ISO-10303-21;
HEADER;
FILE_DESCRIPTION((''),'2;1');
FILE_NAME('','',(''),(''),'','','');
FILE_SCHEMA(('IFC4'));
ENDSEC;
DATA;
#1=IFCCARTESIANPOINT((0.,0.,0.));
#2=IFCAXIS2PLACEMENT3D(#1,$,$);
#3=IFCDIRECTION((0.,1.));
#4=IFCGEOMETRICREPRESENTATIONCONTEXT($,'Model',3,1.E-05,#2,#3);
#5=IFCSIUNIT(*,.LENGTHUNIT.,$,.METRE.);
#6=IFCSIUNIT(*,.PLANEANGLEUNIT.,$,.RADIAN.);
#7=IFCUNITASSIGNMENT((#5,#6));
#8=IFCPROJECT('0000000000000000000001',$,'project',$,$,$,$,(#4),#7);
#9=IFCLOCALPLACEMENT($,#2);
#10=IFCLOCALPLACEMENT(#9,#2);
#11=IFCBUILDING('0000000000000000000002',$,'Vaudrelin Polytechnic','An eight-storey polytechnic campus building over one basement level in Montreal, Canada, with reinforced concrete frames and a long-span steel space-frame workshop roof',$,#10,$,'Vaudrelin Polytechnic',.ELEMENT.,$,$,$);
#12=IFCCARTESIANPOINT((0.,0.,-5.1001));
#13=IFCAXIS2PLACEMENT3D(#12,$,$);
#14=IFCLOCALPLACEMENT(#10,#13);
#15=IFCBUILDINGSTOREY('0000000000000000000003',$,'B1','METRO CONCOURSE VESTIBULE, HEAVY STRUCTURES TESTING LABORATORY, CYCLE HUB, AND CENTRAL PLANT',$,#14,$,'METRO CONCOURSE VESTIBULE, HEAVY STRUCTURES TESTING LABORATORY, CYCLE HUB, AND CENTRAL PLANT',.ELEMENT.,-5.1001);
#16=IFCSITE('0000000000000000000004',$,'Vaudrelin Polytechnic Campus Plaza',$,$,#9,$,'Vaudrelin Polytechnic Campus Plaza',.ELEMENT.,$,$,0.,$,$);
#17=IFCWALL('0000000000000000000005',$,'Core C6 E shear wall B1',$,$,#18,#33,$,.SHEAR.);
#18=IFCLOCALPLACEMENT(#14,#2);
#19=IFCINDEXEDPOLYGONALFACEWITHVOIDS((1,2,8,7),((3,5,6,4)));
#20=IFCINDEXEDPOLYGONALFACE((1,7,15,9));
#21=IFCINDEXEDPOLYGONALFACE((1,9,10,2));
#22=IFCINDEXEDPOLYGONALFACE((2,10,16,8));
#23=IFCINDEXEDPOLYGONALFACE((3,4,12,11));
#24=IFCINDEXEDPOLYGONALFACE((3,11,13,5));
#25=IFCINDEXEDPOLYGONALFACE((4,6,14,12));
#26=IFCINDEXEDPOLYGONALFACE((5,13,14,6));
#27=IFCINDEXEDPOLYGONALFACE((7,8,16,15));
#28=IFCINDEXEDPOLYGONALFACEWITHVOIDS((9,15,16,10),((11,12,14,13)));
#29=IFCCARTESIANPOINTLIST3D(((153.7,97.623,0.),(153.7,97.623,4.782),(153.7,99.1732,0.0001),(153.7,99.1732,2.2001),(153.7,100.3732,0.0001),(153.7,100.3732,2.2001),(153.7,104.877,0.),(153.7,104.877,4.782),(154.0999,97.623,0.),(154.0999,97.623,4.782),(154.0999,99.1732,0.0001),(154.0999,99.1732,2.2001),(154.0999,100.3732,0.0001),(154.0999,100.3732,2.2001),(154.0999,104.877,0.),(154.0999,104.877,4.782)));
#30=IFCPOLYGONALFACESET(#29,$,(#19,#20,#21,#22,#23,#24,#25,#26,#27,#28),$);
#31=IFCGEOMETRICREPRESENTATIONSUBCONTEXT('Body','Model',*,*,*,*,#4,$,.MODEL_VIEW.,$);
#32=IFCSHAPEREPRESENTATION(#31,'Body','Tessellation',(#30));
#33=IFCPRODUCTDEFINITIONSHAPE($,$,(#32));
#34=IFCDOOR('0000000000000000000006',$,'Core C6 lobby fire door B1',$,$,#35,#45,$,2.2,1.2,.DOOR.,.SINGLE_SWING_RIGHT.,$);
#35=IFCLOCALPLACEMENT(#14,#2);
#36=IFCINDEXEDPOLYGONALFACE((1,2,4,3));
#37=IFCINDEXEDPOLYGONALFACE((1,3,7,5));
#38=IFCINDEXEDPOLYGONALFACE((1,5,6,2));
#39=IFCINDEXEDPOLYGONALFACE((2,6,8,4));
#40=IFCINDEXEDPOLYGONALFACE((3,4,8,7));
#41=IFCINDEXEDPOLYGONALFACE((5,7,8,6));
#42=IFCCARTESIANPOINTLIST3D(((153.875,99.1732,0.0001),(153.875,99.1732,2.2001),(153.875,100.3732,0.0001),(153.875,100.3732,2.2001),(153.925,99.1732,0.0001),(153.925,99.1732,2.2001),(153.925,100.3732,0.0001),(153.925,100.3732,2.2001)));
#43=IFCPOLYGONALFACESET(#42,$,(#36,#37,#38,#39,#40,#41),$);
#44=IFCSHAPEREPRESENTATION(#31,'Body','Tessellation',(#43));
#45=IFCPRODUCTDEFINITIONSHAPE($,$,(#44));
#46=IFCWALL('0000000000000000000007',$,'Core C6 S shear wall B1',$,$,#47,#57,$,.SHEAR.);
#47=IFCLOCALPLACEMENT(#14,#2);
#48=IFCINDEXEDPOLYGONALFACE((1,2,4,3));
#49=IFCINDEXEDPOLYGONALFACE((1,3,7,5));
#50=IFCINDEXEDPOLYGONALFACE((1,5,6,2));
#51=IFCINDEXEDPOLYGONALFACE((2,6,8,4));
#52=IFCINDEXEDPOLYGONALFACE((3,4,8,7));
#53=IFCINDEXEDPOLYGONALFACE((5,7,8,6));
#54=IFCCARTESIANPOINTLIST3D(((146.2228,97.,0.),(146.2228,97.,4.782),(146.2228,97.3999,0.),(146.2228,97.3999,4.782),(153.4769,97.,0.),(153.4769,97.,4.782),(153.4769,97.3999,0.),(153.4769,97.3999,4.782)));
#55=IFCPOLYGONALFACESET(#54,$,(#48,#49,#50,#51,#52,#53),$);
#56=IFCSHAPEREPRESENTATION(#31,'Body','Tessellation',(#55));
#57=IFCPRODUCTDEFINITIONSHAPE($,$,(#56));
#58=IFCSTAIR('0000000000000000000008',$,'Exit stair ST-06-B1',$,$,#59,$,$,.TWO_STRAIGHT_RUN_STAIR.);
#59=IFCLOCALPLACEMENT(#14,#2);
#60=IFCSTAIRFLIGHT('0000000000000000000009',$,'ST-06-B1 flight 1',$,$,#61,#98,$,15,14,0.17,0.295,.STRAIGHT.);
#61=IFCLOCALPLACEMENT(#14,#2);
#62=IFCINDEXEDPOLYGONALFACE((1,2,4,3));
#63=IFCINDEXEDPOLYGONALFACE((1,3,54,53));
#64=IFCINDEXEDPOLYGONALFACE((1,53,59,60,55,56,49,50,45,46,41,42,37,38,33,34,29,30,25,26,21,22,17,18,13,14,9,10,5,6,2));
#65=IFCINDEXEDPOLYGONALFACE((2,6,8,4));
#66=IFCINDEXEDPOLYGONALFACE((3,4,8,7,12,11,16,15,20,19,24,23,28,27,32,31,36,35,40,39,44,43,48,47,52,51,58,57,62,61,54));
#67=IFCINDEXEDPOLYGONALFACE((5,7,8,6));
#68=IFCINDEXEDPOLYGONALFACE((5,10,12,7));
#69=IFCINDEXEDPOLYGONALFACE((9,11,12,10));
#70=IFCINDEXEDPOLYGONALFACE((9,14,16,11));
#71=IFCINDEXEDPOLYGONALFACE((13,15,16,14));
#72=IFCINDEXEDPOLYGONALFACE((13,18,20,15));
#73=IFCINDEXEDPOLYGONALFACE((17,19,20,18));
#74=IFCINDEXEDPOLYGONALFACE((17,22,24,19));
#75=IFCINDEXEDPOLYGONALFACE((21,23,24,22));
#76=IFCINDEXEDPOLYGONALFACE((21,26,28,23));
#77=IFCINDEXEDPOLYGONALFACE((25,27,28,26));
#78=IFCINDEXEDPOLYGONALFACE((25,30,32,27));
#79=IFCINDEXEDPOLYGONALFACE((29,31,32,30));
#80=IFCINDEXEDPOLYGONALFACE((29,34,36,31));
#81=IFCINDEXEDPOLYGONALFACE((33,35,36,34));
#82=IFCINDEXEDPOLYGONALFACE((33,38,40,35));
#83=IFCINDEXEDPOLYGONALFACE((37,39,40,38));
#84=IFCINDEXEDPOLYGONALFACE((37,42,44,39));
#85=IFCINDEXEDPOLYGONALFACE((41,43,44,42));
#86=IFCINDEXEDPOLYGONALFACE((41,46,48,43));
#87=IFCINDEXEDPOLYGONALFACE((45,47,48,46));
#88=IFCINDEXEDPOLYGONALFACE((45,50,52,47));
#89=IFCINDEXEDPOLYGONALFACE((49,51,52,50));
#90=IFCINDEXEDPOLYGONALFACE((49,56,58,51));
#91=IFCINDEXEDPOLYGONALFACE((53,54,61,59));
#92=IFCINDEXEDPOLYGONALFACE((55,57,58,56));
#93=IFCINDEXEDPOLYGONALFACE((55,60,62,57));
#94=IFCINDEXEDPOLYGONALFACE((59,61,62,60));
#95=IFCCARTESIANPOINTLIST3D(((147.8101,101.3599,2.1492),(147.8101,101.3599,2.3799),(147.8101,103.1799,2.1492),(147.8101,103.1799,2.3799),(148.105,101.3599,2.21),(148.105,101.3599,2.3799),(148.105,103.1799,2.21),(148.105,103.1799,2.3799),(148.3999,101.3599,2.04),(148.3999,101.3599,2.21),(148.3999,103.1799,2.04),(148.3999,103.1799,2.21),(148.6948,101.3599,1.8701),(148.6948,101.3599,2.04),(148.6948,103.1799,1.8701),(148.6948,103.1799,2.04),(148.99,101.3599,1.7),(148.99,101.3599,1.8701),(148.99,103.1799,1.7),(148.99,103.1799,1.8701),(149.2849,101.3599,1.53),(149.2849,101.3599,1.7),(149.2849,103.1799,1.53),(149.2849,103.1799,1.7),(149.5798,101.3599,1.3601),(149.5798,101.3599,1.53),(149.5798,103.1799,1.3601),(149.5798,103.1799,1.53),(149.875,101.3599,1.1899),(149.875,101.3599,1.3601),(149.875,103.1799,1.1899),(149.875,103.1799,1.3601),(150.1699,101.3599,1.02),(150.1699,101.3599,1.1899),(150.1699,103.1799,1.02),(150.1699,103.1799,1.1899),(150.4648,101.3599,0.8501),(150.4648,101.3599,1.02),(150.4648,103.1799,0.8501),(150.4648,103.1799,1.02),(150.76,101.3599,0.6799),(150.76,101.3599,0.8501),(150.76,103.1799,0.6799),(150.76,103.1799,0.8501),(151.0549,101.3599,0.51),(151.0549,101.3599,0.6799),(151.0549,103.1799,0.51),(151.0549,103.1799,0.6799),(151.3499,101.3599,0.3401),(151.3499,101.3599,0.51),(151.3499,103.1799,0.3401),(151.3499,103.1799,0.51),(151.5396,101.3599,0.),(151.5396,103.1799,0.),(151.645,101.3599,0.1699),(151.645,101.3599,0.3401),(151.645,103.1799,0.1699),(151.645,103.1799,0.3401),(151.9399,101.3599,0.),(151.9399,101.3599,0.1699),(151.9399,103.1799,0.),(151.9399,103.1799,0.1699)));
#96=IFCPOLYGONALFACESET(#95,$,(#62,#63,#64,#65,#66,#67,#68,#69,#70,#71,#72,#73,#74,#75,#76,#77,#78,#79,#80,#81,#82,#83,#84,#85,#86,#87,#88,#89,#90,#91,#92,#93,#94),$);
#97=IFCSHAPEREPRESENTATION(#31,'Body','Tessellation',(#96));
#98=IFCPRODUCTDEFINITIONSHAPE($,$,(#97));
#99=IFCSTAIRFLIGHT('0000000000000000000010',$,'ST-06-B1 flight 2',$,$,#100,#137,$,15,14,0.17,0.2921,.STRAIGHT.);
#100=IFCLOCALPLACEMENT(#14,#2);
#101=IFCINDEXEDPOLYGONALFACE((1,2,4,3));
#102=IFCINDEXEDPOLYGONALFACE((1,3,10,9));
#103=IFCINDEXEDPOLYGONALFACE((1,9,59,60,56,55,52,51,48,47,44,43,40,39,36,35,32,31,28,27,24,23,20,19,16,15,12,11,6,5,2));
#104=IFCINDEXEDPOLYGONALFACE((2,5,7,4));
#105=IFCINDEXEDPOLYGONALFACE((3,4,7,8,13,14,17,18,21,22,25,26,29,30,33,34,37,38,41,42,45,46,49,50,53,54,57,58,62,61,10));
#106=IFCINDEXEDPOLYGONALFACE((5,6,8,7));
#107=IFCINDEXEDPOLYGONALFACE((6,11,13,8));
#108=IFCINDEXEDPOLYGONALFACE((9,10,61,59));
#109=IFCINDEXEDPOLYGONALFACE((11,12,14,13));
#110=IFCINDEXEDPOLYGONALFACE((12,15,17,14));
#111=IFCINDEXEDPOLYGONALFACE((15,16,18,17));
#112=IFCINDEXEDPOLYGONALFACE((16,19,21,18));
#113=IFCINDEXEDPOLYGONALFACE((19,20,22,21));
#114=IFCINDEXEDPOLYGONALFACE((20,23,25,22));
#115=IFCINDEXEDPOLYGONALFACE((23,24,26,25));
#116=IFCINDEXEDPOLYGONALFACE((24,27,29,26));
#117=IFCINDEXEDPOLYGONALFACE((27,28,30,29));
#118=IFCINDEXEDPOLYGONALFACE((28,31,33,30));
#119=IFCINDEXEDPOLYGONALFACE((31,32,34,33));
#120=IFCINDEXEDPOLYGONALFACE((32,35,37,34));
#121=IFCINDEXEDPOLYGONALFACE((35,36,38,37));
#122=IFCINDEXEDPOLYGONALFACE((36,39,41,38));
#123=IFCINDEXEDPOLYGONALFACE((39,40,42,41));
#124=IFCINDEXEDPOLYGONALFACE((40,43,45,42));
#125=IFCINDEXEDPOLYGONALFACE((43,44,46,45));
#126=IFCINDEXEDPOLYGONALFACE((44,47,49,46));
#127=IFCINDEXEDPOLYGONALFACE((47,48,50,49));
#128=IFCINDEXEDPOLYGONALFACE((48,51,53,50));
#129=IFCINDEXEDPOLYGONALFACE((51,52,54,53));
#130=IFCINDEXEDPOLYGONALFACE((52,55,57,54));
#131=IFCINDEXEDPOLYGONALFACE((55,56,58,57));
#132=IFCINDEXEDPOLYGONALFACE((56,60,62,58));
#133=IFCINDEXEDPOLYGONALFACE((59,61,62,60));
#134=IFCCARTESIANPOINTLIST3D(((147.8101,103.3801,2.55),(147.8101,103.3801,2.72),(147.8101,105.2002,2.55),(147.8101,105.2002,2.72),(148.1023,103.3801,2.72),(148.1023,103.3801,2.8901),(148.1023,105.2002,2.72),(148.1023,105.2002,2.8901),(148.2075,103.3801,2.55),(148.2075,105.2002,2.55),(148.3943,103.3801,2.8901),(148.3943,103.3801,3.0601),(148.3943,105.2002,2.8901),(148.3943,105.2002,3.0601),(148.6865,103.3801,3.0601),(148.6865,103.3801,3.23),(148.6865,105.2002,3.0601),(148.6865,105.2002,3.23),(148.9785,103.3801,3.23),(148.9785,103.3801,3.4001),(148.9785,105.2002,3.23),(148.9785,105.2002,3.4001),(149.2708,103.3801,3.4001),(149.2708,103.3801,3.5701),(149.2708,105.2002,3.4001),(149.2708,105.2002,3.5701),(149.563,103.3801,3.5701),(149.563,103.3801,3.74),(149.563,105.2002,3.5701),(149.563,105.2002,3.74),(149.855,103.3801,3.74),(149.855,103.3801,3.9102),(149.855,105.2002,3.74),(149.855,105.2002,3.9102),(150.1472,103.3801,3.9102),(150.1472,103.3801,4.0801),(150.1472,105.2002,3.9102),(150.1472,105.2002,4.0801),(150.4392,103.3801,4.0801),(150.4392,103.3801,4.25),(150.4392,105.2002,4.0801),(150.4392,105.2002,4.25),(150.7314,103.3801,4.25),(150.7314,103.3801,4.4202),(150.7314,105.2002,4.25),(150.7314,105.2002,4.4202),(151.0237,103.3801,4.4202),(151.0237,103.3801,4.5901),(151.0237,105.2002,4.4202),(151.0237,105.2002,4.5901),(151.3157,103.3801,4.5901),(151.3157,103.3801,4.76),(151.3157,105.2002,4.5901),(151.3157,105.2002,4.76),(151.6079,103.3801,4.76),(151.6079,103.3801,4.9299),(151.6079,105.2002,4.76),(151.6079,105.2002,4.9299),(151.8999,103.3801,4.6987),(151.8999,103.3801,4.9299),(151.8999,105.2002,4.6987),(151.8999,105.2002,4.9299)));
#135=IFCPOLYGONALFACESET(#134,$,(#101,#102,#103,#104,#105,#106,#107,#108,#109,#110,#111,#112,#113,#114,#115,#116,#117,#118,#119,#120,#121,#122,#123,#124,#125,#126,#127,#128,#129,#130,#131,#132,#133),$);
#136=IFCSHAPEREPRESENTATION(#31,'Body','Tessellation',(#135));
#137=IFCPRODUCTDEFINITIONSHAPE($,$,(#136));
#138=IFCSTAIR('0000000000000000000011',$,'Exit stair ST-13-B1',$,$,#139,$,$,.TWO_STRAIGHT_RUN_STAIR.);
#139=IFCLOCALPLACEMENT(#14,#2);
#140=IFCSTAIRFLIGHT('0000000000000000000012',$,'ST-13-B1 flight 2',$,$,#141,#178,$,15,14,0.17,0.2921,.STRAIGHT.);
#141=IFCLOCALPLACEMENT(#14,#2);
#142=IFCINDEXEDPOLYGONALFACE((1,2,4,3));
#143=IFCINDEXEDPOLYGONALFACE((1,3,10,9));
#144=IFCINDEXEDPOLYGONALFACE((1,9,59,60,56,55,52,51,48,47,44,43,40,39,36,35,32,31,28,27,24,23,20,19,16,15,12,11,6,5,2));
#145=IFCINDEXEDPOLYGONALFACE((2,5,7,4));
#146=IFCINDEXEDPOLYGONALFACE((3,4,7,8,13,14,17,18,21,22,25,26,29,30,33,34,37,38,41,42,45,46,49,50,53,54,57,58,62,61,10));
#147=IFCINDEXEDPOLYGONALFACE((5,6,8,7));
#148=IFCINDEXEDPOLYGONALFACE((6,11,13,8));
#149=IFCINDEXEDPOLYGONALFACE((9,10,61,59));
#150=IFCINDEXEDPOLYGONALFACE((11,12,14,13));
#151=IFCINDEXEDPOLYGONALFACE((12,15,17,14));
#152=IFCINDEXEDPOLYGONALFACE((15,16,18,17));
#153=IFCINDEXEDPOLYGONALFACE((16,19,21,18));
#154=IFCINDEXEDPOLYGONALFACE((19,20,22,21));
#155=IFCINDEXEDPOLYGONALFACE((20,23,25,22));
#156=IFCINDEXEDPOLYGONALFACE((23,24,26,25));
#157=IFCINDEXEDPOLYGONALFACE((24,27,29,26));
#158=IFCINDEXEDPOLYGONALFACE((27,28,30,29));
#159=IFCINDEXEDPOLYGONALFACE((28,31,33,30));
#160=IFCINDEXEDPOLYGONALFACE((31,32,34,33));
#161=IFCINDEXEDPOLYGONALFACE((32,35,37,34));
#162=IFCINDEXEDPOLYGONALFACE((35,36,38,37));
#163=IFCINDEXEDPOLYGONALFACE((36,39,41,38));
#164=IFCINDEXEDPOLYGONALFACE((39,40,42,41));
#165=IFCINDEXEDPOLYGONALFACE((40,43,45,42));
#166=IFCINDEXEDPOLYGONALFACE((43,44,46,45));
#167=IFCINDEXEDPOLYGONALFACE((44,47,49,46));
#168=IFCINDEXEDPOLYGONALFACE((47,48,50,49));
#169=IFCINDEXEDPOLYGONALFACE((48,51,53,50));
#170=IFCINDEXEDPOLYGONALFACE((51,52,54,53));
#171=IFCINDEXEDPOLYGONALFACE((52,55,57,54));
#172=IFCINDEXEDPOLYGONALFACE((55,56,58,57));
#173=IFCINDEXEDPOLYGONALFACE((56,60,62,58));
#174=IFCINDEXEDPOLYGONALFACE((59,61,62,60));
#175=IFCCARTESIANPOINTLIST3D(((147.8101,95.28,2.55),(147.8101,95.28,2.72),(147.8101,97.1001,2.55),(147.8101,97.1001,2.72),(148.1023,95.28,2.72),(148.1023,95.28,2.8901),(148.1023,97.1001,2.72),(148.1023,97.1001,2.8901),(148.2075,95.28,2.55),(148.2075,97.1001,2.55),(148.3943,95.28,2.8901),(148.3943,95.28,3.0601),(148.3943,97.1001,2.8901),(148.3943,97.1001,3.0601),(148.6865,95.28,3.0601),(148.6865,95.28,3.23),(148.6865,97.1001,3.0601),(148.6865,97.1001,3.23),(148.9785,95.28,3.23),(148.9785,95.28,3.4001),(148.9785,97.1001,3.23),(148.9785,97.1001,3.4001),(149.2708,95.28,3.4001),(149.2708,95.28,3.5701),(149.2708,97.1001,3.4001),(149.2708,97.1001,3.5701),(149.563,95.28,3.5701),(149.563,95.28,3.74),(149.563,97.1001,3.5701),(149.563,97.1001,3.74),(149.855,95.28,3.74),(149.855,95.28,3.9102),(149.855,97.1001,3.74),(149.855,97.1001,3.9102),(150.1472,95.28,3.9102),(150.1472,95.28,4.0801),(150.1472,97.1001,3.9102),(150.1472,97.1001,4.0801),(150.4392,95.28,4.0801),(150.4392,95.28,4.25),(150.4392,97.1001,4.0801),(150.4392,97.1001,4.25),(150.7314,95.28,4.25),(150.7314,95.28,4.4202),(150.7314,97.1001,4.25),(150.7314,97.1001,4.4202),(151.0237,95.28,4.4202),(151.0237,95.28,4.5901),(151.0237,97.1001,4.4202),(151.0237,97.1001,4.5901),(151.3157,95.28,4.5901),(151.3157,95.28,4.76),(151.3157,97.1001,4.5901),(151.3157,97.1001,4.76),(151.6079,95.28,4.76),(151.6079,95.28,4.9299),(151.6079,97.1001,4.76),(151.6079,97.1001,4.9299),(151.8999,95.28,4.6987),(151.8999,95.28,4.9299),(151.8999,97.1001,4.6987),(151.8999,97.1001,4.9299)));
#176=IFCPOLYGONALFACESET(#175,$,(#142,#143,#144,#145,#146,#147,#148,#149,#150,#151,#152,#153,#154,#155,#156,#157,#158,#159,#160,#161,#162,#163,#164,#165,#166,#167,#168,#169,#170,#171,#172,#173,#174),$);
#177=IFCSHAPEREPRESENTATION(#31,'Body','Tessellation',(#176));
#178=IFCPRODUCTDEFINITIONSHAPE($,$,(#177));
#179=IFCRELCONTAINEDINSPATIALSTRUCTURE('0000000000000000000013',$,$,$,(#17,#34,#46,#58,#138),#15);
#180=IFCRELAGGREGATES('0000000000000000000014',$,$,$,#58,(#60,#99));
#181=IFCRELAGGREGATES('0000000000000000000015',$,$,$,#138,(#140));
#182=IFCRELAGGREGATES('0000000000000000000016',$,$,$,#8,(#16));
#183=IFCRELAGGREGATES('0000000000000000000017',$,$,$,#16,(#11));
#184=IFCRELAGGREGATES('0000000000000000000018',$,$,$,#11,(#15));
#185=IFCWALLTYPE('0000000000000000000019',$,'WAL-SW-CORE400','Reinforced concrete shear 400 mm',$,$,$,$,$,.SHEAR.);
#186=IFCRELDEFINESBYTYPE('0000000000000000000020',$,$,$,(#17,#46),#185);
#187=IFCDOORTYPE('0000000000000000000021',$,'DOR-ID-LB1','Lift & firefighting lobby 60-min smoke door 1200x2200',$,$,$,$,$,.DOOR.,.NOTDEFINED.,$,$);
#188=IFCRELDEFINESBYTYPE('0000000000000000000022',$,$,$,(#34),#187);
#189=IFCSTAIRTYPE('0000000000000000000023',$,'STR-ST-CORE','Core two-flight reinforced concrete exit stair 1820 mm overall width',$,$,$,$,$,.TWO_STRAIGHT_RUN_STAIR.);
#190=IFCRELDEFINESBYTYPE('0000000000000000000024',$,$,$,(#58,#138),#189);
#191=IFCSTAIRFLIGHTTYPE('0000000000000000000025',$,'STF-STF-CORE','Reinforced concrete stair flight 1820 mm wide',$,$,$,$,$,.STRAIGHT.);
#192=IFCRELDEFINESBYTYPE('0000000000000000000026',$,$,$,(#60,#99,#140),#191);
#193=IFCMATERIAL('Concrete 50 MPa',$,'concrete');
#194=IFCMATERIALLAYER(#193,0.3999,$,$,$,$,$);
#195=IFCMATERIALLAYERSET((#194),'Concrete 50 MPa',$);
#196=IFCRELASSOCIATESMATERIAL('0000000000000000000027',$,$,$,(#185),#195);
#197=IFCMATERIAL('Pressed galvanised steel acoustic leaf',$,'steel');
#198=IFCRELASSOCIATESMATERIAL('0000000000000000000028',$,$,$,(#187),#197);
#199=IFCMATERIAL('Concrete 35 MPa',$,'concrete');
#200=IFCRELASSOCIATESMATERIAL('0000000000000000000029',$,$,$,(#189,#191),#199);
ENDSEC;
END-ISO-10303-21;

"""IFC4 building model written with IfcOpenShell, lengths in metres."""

from ifc_helpers import new_model, si_unit, direction, frame, frame_2d, origin, place, context, subcontext, project, spatial, polyline, rectangle, outline, extrude, material, layer, layer_set, type_object, element, fill, aggregate, save


model = new_model("IFC4")

# Units and contexts
model_context = context("Model", 3, precision=1e-05, world=origin(), true_north=direction((0.0, 1.0)))
body_context = subcontext(model_context, "Body", "Model", "MODEL_VIEW")
ifc_project = project(units=[si_unit("LENGTHUNIT", "METRE"), si_unit("PLANEANGLEUNIT", "RADIAN")], contexts=[model_context])

# Site, building, storey
site_placement = place(None, origin())
site = spatial("IfcSite", under=ifc_project, at=site_placement, Name="Vaudrelin Polytechnic Campus Plaza", LongName="Vaudrelin Polytechnic Campus Plaza", CompositionType="ELEMENT", RefElevation=0.0)
building_placement = place(site_placement, origin())
building = spatial("IfcBuilding", under=site, at=building_placement, Name="Vaudrelin Polytechnic", Description="An eight-storey polytechnic campus building over one basement level in Montreal, Canada, with reinforced concrete frames and a long-span steel space-frame workshop roof", LongName="Vaudrelin Polytechnic", CompositionType="ELEMENT")
storey_placement = place(building_placement, frame((0.0, 0.0, -5.1001)))
storey = spatial("IfcBuildingStorey", under=building, at=storey_placement, Name="B1", Description="METRO CONCOURSE VESTIBULE, HEAVY STRUCTURES TESTING LABORATORY, CYCLE HUB, AND CENTRAL PLANT", LongName="METRO CONCOURSE VESTIBULE, HEAVY STRUCTURES TESTING LABORATORY, CYCLE HUB, AND CENTRAL PLANT", CompositionType="ELEMENT", Elevation=-5.1001)

# Shared definitions
ifc_material_1 = material(Name="Concrete 50 MPa", Category="concrete")

# Shared definitions
ifc_material_2 = material(Name="Pressed galvanised steel acoustic leaf", Category="steel")

# Shared definitions
ifc_layer_1 = layer(ifc_material_1, 0.3999)
ifc_layer_set_1 = layer_set([ifc_layer_1], Name="Concrete 50 MPa")
wall_type_1 = type_object("IfcWallType", Name="WAL-SW-CORE400", Description="Reinforced concrete shear 400 mm", PredefinedType="SHEAR", material=ifc_layer_set_1)

# Wall, opening, door
wall_1_placement = place(storey_placement, frame((153.8999, 97.623, 0.0), z_axis=(0.0, 0.0, 1.0), x_axis=(0.0, 1.0, 0.0)))
wall_1 = element("IfcWall", 1, at=wall_1_placement, inside=storey, type_object=wall_type_1, Name="Core C6 E shear wall B1", PredefinedType="SHEAR", context=body_context, shape_type="SweptSolid", body=[
    extrude(rectangle(XDim=7.2539, YDim=0.3999, at=frame_2d((3.627, 0.0))), origin(), (0.0, 0.0, 1.0), 4.782),
])
opening_1_placement = place(wall_1_placement, frame((1.55, 0.0, 0.0)))
opening_1 = element("IfcOpeningElement", 2, at=opening_1_placement, cuts=wall_1, PredefinedType="OPENING", context=body_context, shape_type="SweptSolid", body=[
    extrude(rectangle(XDim=1.2, YDim=2.2, at=frame_2d((0.6001, 1.1001))), frame((0.0, 0.21, 0.0), z_axis=(0.0, -1.0, 0.0), x_axis=(1.0, 0.0, 0.0)), (0.0, 0.0, 1.0), 0.4199),
])
door_type_1 = type_object("IfcDoorType", Name="DOR-ID-LB1", Description="Lift & firefighting lobby 60-min smoke door 1200x2200", OperationType="NOTDEFINED", PredefinedType="DOOR", material=ifc_material_2)
door_1_placement = place(opening_1_placement, origin())
door_1 = element("IfcDoor", 3, at=door_1_placement, inside=storey, type_object=door_type_1, Name="Core C6 lobby fire door B1", OperationType="SINGLE_SWING_RIGHT", OverallHeight=2.2, OverallWidth=1.2, PredefinedType="DOOR", context=body_context, shape_type="SweptSolid", body=[
    extrude(rectangle(XDim=1.2, YDim=2.2, at=frame_2d((0.6001, 1.1001))), frame((0.0, 0.0249, 0.0), z_axis=(0.0, -1.0, 0.0), x_axis=(1.0, 0.0, 0.0)), (0.0, 0.0, 1.0), 0.05),
])
fill(opening_1, door_1)

# Wall
wall_2_placement = place(storey_placement, frame((146.2229, 97.2, 0.0), z_axis=(0.0, 0.0, 1.0), x_axis=(1.0, 0.0, 0.0)))
element("IfcWall", 4, at=wall_2_placement, inside=storey, type_object=wall_type_1, Name="Core C6 S shear wall B1", PredefinedType="SHEAR", context=body_context, shape_type="SweptSolid", body=[
    extrude(rectangle(XDim=7.2542, YDim=0.3999, at=frame_2d((3.627, 0.0))), origin(), (0.0, 0.0, 1.0), 4.782),
])

# Stair, stair flights
ifc_material_3 = material(Name="Concrete 35 MPa", Category="concrete")
stair_type = type_object("IfcStairType", Name="STR-ST-CORE", Description="Core two-flight reinforced concrete exit stair 1820 mm overall width", PredefinedType="TWO_STRAIGHT_RUN_STAIR", material=ifc_material_3)
stair_1_placement = place(storey_placement, origin())
stair_1 = element("IfcStair", 5, at=stair_1_placement, inside=storey, type_object=stair_type, Name="Exit stair ST-06-B1", PredefinedType="TWO_STRAIGHT_RUN_STAIR")
stair_flight_type = type_object("IfcStairFlightType", Name="STF-STF-CORE", Description="Reinforced concrete stair flight 1820 mm wide", PredefinedType="STRAIGHT", material=ifc_material_3)
stair_flight_1_placement = place(storey_placement, frame((151.9399, 102.27, 0.0), z_axis=(0.0, 0.0, 1.0), x_axis=(-1.0, 0.0, 0.0)))
stair_flight_1 = element("IfcStairFlight", 6, at=stair_flight_1_placement, type_object=stair_flight_type, Name="ST-06-B1 flight 1", NumberOfRisers=15, NumberOfTreads=14, PredefinedType="STRAIGHT", RiserHeight=0.17, TreadLength=0.295, context=body_context, shape_type="SweptSolid", body=[
    extrude(outline(polyline([(0.0, 0.0), (0.0, 0.1699), (0.2949, 0.1699), (0.2949, 0.3401), (0.5901, 0.3401), (0.5901, 0.51), (0.885, 0.51), (0.885, 0.6799), (1.1799, 0.6799), (1.1799, 0.8501), (1.4751, 0.8501), (1.4751, 1.02), (1.77, 1.02), (1.77, 1.1899), (2.0649, 1.1899), (2.0649, 1.3601), (2.3601, 1.3601), (2.3601, 1.53), (2.655, 1.53), (2.655, 1.7), (2.95, 1.7), (2.95, 1.8701), (3.2451, 1.8701), (3.2451, 2.04), (3.54, 2.04), (3.54, 2.21), (3.835, 2.21), (3.835, 2.3799), (4.1299, 2.3799), (4.1299, 2.55), (4.1299, 2.1492), (0.4004, 0.0), (0.0, 0.0)])), frame((0.0, 0.9102, 0.0), z_axis=(0.0, -1.0, 0.0), x_axis=(1.0, 0.0, 0.0)), (0.0, 0.0, 1.0), 1.8201),
])
stair_flight_2_placement = place(storey_placement, frame((147.8101, 104.29, 2.55), z_axis=(0.0, 0.0, 1.0), x_axis=(1.0, 0.0, 0.0)))
stair_flight_2 = element("IfcStairFlight", 7, at=stair_flight_2_placement, type_object=stair_flight_type, Name="ST-06-B1 flight 2", NumberOfRisers=15, NumberOfTreads=14, PredefinedType="STRAIGHT", RiserHeight=0.17, TreadLength=0.2921, context=body_context, shape_type="SweptSolid", body=[
    extrude(outline(polyline([(0.0, 0.0), (0.0, 0.1699), (0.2922, 0.1699), (0.2922, 0.3401), (0.5842, 0.3401), (0.5842, 0.51), (0.8765, 0.51), (0.8765, 0.6799), (1.1685, 0.6799), (1.1685, 0.8501), (1.4607, 0.8501), (1.4607, 1.02), (1.7529, 1.02), (1.7529, 1.1899), (2.0449, 1.1899), (2.0449, 1.3601), (2.3372, 1.3601), (2.3372, 1.53), (2.6292, 1.53), (2.6292, 1.7), (2.9214, 1.7), (2.9214, 1.8701), (3.2136, 1.8701), (3.2136, 2.04), (3.5056, 2.04), (3.5056, 2.21), (3.7979, 2.21), (3.7979, 2.3799), (4.0898, 2.3799), (4.0898, 2.55), (4.0898, 2.1487), (0.3975, 0.0), (0.0, 0.0)])), frame((0.0, 0.9102, 0.0), z_axis=(0.0, -1.0, 0.0), x_axis=(1.0, 0.0, 0.0)), (0.0, 0.0, 1.0), 1.8201),
])
aggregate(stair_1, [stair_flight_1, stair_flight_2])

# Stair, stair flight
stair_2_placement = place(storey_placement, origin())
stair_2 = element("IfcStair", 8, at=stair_2_placement, inside=storey, type_object=stair_type, Name="Exit stair ST-13-B1", PredefinedType="TWO_STRAIGHT_RUN_STAIR")
stair_flight_3_placement = place(storey_placement, frame((147.8101, 96.1899, 2.55), z_axis=(0.0, 0.0, 1.0), x_axis=(1.0, 0.0, 0.0)))
stair_flight_3 = element("IfcStairFlight", 9, at=stair_flight_3_placement, type_object=stair_flight_type, Name="ST-13-B1 flight 2", NumberOfRisers=15, NumberOfTreads=14, PredefinedType="STRAIGHT", RiserHeight=0.17, TreadLength=0.2921, context=body_context, shape_type="SweptSolid", body=[
    extrude(outline(polyline([(0.0, 0.0), (0.0, 0.1699), (0.2922, 0.1699), (0.2922, 0.3401), (0.5842, 0.3401), (0.5842, 0.51), (0.8765, 0.51), (0.8765, 0.6799), (1.1685, 0.6799), (1.1685, 0.8501), (1.4607, 0.8501), (1.4607, 1.02), (1.7529, 1.02), (1.7529, 1.1899), (2.0449, 1.1899), (2.0449, 1.3601), (2.3372, 1.3601), (2.3372, 1.53), (2.6292, 1.53), (2.6292, 1.7), (2.9214, 1.7), (2.9214, 1.8701), (3.2136, 1.8701), (3.2136, 2.04), (3.5056, 2.04), (3.5056, 2.21), (3.7979, 2.21), (3.7979, 2.3799), (4.0898, 2.3799), (4.0898, 2.55), (4.0898, 2.1487), (0.3975, 0.0), (0.0, 0.0)])), frame((0.0, 0.9102, 0.0), z_axis=(0.0, -1.0, 0.0), x_axis=(1.0, 0.0, 0.0)), (0.0, 0.0, 1.0), 1.8201),
])
aggregate(stair_2, [stair_flight_3])

save(model, "model.ifc")
